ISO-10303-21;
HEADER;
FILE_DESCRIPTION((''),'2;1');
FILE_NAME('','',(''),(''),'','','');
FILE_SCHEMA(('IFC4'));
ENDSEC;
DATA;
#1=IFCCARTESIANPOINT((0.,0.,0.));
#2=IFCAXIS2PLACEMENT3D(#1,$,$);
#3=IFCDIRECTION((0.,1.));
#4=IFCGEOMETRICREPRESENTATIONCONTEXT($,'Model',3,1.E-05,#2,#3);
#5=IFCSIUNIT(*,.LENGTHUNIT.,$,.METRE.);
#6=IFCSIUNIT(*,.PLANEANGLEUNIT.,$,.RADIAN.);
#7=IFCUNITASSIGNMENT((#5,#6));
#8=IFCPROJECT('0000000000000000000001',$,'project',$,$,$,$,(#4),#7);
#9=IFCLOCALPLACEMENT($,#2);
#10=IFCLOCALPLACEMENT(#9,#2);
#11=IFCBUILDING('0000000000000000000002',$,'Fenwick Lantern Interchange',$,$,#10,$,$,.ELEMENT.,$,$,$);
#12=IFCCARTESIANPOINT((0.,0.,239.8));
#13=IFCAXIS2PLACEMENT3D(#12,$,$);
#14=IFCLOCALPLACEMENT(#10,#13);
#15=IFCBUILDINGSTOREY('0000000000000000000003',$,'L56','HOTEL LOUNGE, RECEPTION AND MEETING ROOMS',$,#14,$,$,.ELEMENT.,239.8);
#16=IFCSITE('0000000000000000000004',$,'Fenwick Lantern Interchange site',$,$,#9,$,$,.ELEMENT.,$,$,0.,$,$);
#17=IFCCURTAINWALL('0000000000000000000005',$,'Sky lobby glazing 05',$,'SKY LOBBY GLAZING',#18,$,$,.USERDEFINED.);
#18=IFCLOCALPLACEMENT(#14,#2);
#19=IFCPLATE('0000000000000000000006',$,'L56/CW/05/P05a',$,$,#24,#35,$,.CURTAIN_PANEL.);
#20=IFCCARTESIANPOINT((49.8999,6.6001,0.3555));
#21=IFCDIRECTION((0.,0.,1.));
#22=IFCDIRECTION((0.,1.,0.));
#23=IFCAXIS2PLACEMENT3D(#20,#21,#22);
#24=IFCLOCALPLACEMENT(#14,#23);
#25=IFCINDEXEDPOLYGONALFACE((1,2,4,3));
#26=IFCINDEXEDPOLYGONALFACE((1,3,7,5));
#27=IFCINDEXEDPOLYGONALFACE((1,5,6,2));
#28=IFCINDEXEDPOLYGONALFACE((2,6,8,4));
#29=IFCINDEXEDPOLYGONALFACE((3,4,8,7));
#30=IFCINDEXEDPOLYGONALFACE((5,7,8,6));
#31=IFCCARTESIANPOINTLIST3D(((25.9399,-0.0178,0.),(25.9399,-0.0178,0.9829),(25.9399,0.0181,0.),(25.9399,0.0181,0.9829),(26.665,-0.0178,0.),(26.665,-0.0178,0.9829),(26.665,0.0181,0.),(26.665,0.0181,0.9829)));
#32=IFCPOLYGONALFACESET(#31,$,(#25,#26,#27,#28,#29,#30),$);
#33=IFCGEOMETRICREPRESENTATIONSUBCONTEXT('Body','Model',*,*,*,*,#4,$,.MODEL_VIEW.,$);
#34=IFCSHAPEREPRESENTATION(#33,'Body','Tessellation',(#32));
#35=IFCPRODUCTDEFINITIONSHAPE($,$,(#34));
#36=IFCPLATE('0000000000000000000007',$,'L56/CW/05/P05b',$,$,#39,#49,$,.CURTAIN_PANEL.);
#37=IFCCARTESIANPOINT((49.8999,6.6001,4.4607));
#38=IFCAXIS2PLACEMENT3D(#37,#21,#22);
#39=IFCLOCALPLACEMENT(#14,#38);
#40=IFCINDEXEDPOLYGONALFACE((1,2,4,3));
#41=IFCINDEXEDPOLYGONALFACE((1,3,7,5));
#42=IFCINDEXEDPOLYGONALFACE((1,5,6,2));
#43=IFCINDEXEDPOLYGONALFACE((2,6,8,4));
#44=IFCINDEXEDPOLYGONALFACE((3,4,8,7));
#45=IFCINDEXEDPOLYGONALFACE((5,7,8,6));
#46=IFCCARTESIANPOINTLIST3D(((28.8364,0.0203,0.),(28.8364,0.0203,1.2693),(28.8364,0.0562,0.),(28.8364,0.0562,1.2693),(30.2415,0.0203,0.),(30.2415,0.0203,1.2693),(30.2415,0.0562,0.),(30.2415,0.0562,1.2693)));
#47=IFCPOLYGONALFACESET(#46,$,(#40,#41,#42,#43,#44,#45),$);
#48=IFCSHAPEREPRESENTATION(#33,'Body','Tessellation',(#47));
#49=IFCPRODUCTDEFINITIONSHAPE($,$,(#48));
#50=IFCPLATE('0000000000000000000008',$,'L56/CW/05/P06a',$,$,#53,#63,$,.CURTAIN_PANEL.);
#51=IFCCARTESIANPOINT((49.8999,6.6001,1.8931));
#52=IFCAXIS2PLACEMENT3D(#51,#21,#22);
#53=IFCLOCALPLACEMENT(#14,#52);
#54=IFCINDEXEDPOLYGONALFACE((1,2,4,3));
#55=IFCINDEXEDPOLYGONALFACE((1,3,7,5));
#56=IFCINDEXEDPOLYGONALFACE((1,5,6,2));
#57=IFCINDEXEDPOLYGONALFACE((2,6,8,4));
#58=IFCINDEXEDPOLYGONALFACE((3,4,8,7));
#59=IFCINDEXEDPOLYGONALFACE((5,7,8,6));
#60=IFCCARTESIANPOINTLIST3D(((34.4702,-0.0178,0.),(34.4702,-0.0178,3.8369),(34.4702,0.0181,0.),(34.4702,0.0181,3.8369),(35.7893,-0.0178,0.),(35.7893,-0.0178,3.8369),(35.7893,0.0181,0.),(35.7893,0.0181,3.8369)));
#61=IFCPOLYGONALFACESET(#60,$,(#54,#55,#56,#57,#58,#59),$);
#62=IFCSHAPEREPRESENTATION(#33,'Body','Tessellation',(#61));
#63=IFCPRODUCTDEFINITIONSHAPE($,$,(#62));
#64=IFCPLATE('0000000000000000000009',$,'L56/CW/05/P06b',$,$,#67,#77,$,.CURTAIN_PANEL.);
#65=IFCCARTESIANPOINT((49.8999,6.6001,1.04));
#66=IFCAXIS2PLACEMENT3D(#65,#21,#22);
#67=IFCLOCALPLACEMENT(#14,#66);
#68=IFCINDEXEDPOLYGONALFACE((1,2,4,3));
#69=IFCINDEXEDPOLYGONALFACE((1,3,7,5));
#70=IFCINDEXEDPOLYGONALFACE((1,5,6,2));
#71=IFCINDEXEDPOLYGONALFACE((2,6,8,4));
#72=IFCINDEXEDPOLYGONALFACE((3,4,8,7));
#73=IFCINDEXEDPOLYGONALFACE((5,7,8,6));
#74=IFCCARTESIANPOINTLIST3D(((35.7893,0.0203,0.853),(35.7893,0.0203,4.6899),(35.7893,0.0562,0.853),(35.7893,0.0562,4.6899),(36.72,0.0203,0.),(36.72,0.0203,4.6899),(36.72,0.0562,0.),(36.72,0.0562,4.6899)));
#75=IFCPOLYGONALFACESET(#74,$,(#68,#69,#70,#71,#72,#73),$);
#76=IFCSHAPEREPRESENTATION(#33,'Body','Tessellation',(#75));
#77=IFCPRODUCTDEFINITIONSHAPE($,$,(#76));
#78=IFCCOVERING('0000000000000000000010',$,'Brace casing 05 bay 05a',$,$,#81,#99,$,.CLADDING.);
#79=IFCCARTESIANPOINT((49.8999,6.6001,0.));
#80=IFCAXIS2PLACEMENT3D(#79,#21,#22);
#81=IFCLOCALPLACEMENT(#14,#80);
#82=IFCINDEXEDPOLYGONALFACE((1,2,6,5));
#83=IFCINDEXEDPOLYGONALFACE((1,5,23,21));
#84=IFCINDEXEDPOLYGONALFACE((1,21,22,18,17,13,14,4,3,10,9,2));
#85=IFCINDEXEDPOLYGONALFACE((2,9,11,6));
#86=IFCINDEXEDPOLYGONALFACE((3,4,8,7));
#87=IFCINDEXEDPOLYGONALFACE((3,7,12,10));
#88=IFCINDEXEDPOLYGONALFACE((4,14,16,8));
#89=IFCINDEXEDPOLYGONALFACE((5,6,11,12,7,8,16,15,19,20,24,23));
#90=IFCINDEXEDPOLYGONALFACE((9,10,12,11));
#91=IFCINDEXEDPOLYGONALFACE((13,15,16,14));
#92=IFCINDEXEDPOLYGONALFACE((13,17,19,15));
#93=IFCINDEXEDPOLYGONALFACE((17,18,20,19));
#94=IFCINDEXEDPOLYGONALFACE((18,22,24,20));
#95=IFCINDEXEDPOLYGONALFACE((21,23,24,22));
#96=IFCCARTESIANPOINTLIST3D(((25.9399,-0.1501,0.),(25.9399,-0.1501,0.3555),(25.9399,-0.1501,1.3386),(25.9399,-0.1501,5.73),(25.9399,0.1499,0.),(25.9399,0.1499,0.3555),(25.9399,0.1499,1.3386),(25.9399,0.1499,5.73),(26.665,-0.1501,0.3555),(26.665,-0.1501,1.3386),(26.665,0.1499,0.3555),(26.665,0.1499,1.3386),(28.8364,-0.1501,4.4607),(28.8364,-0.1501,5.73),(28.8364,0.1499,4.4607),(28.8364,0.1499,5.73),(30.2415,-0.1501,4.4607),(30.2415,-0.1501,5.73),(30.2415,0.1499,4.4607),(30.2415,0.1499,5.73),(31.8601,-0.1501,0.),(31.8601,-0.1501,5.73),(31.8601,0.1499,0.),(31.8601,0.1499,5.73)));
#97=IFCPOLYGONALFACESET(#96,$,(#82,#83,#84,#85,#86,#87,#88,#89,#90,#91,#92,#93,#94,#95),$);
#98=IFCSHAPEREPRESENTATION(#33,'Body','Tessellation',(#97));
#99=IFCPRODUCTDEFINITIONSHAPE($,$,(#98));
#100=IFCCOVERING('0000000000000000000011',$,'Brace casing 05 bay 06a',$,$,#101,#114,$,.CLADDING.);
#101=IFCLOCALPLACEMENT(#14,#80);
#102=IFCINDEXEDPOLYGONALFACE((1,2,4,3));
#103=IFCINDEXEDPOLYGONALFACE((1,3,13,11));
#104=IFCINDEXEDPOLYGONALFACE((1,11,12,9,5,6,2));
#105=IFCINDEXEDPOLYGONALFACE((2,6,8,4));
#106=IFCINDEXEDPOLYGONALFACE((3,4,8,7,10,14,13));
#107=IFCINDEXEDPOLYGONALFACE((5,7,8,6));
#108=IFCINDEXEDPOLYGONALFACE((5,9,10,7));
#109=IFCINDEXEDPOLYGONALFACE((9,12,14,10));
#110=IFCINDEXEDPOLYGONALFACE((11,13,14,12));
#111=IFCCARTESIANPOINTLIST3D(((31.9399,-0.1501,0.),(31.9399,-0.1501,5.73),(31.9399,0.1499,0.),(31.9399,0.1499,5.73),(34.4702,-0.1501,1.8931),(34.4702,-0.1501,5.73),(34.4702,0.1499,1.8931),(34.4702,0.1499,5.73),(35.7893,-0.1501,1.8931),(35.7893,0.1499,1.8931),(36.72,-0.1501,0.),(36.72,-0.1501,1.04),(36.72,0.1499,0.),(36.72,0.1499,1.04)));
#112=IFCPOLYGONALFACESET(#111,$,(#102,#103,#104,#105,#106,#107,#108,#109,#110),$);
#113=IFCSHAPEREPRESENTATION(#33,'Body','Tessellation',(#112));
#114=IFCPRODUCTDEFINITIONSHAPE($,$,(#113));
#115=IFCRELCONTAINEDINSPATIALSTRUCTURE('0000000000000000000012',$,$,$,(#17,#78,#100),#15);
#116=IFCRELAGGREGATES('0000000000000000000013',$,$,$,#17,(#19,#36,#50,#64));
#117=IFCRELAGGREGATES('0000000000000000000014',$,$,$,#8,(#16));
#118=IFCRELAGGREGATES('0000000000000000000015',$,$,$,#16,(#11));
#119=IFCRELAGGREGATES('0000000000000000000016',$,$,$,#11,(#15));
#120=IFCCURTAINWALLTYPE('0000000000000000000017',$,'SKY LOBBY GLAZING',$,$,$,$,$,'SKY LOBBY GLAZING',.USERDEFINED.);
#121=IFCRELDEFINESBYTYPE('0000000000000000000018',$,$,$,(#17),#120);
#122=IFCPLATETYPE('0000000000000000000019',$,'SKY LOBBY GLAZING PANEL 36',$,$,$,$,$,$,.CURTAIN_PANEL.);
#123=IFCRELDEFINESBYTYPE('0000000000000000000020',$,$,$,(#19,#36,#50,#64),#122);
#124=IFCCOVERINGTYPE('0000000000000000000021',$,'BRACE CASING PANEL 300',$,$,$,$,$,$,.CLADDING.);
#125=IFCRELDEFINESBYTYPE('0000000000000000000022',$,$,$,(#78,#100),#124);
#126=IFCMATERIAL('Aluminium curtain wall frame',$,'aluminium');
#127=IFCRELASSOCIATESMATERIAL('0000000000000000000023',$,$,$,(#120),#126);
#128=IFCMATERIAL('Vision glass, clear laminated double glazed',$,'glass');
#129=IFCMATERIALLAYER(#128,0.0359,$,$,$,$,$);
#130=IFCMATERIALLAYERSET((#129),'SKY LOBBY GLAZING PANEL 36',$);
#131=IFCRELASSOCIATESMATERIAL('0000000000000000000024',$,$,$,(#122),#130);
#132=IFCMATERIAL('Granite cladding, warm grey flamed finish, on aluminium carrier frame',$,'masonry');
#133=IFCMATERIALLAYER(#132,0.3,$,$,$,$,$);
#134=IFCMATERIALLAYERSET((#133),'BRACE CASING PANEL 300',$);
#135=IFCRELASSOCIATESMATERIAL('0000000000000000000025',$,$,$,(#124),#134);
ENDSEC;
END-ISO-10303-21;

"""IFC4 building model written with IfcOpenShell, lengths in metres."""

from ifc_helpers import new_model, si_unit, direction, frame, origin, place, context, subcontext, project, spatial, polyline, outline, extrude, material, layer, layer_set, type_object, element, aggregate, save


model = new_model("IFC4")

# Units and contexts
model_context = context("Model", 3, precision=1e-05, world=origin(), true_north=direction((0.0, 1.0)))
body_context = subcontext(model_context, "Body", "Model", "MODEL_VIEW")
ifc_project = project(units=[si_unit("LENGTHUNIT", "METRE"), si_unit("PLANEANGLEUNIT", "RADIAN")], contexts=[model_context])

# Site, building, storey
site_placement = place(None, origin())
site = spatial("IfcSite", under=ifc_project, at=site_placement, Name="Fenwick Lantern Interchange site", CompositionType="ELEMENT", RefElevation=0.0)
building_placement = place(site_placement, origin())
building = spatial("IfcBuilding", under=site, at=building_placement, Name="Fenwick Lantern Interchange", CompositionType="ELEMENT")
storey_placement = place(building_placement, frame((0.0, 0.0, 239.8)))
storey = spatial("IfcBuildingStorey", under=building, at=storey_placement, Name="L56", Description="HOTEL LOUNGE, RECEPTION AND MEETING ROOMS", CompositionType="ELEMENT", Elevation=239.8)

# Curtain wall
ifc_material_1 = material(Name="Aluminium curtain wall frame", Category="aluminium")
curtain_wall_type = type_object("IfcCurtainWallType", Name="SKY LOBBY GLAZING", ElementType="SKY LOBBY GLAZING", PredefinedType="USERDEFINED", material=ifc_material_1)
curtain_wall_placement = place(storey_placement, origin())
curtain_wall = element("IfcCurtainWall", 1, at=curtain_wall_placement, inside=storey, type_object=curtain_wall_type, Name="Sky lobby glazing 05", ObjectType="SKY LOBBY GLAZING", PredefinedType="USERDEFINED")

# Plates
ifc_material_2 = material(Name="Vision glass, clear laminated double glazed", Category="glass")
ifc_layer_1 = layer(ifc_material_2, 0.0359)
ifc_layer_set_1 = layer_set([ifc_layer_1], Name="SKY LOBBY GLAZING PANEL 36")
plate_type = type_object("IfcPlateType", Name="SKY LOBBY GLAZING PANEL 36", PredefinedType="CURTAIN_PANEL", material=ifc_layer_set_1)
plate_1_placement = place(storey_placement, frame((49.8999, 6.6001, 0.3555), z_axis=(0.0, 0.0, 1.0), x_axis=(0.0, 1.0, 0.0)))
plate_1 = element("IfcPlate", 2, at=plate_1_placement, type_object=plate_type, Name="L56/CW/05/P05a", PredefinedType="CURTAIN_PANEL", context=body_context, shape_type="SweptSolid", body=[
    extrude(outline(polyline([(25.9399, 0.0), (26.665, 0.0), (26.665, 0.9829), (25.9399, 0.9829), (25.9399, 0.0)])), frame((0.0, 0.0181, 0.0), z_axis=(0.0, -1.0, 0.0), x_axis=(1.0, 0.0, 0.0)), (0.0, 0.0, 1.0), 0.0359),
])
plate_2_placement = place(storey_placement, frame((49.8999, 6.6001, 4.4607), z_axis=(0.0, 0.0, 1.0), x_axis=(0.0, 1.0, 0.0)))
plate_2 = element("IfcPlate", 3, at=plate_2_placement, type_object=plate_type, Name="L56/CW/05/P05b", PredefinedType="CURTAIN_PANEL", context=body_context, shape_type="SweptSolid", body=[
    extrude(outline(polyline([(28.8364, 0.0), (30.2415, 0.0), (30.2415, 1.2693), (28.8364, 1.2693), (28.8364, 0.0)])), frame((0.0, 0.0562, 0.0), z_axis=(0.0, -1.0, 0.0), x_axis=(1.0, 0.0, 0.0)), (0.0, 0.0, 1.0), 0.0359),
])
plate_3_placement = place(storey_placement, frame((49.8999, 6.6001, 1.8931), z_axis=(0.0, 0.0, 1.0), x_axis=(0.0, 1.0, 0.0)))
plate_3 = element("IfcPlate", 4, at=plate_3_placement, type_object=plate_type, Name="L56/CW/05/P06a", PredefinedType="CURTAIN_PANEL", context=body_context, shape_type="SweptSolid", body=[
    extrude(outline(polyline([(34.4702, 0.0), (35.7893, 0.0), (35.7893, 3.8369), (34.4702, 3.8369), (34.4702, 0.0)])), frame((0.0, 0.0181, 0.0), z_axis=(0.0, -1.0, 0.0), x_axis=(1.0, 0.0, 0.0)), (0.0, 0.0, 1.0), 0.0359),
])
plate_4_placement = place(storey_placement, frame((49.8999, 6.6001, 1.04), z_axis=(0.0, 0.0, 1.0), x_axis=(0.0, 1.0, 0.0)))
plate_4 = element("IfcPlate", 5, at=plate_4_placement, type_object=plate_type, Name="L56/CW/05/P06b", PredefinedType="CURTAIN_PANEL", context=body_context, shape_type="SweptSolid", body=[
    extrude(outline(polyline([(36.72, 0.0), (36.72, 4.6899), (35.7893, 4.6899), (35.7893, 0.853), (36.72, 0.0)])), frame((0.0, 0.0562, 0.0), z_axis=(0.0, -1.0, 0.0), x_axis=(1.0, 0.0, 0.0)), (0.0, 0.0, 1.0), 0.0359),
])
aggregate(curtain_wall, [plate_1, plate_2, plate_3, plate_4])

# Coverings
ifc_material_3 = material(Name="Granite cladding, warm grey flamed finish, on aluminium carrier frame", Category="masonry")
ifc_layer_2 = layer(ifc_material_3, 0.3)
ifc_layer_set_2 = layer_set([ifc_layer_2], Name="BRACE CASING PANEL 300")
covering_type = type_object("IfcCoveringType", Name="BRACE CASING PANEL 300", PredefinedType="CLADDING", material=ifc_layer_set_2)
covering_1_placement = place(storey_placement, frame((49.8999, 6.6001, 0.0), z_axis=(0.0, 0.0, 1.0), x_axis=(0.0, 1.0, 0.0)))
element("IfcCovering", 6, at=covering_1_placement, inside=storey, type_object=covering_type, Name="Brace casing 05 bay 05a", PredefinedType="CLADDING", context=body_context, shape_type="SweptSolid", body=[
    extrude(outline(polyline([(25.9399, 0.0), (31.8601, 0.0), (31.8601, 5.73), (30.2415, 5.73), (30.2415, 4.4607), (28.8364, 4.4607), (28.8364, 5.73), (25.9399, 5.73), (25.9399, 1.3386), (26.665, 1.3386), (26.665, 0.3555), (25.9399, 0.3555), (25.9399, 0.0)])), frame((0.0, 0.1499, 0.0), z_axis=(0.0, -1.0, 0.0), x_axis=(1.0, 0.0, 0.0)), (0.0, 0.0, 1.0), 0.3),
])
covering_2_placement = place(storey_placement, frame((49.8999, 6.6001, 0.0), z_axis=(0.0, 0.0, 1.0), x_axis=(0.0, 1.0, 0.0)))
element("IfcCovering", 7, at=covering_2_placement, inside=storey, type_object=covering_type, Name="Brace casing 05 bay 06a", PredefinedType="CLADDING", context=body_context, shape_type="SweptSolid", body=[
    extrude(outline(polyline([(31.9399, 0.0), (36.72, 0.0), (36.72, 1.04), (35.7893, 1.8931), (34.4702, 1.8931), (34.4702, 5.73), (31.9399, 5.73), (31.9399, 0.0)])), frame((0.0, 0.1499, 0.0), z_axis=(0.0, -1.0, 0.0), x_axis=(1.0, 0.0, 0.0)), (0.0, 0.0, 1.0), 0.3),
])

save(model, "model.ifc")
